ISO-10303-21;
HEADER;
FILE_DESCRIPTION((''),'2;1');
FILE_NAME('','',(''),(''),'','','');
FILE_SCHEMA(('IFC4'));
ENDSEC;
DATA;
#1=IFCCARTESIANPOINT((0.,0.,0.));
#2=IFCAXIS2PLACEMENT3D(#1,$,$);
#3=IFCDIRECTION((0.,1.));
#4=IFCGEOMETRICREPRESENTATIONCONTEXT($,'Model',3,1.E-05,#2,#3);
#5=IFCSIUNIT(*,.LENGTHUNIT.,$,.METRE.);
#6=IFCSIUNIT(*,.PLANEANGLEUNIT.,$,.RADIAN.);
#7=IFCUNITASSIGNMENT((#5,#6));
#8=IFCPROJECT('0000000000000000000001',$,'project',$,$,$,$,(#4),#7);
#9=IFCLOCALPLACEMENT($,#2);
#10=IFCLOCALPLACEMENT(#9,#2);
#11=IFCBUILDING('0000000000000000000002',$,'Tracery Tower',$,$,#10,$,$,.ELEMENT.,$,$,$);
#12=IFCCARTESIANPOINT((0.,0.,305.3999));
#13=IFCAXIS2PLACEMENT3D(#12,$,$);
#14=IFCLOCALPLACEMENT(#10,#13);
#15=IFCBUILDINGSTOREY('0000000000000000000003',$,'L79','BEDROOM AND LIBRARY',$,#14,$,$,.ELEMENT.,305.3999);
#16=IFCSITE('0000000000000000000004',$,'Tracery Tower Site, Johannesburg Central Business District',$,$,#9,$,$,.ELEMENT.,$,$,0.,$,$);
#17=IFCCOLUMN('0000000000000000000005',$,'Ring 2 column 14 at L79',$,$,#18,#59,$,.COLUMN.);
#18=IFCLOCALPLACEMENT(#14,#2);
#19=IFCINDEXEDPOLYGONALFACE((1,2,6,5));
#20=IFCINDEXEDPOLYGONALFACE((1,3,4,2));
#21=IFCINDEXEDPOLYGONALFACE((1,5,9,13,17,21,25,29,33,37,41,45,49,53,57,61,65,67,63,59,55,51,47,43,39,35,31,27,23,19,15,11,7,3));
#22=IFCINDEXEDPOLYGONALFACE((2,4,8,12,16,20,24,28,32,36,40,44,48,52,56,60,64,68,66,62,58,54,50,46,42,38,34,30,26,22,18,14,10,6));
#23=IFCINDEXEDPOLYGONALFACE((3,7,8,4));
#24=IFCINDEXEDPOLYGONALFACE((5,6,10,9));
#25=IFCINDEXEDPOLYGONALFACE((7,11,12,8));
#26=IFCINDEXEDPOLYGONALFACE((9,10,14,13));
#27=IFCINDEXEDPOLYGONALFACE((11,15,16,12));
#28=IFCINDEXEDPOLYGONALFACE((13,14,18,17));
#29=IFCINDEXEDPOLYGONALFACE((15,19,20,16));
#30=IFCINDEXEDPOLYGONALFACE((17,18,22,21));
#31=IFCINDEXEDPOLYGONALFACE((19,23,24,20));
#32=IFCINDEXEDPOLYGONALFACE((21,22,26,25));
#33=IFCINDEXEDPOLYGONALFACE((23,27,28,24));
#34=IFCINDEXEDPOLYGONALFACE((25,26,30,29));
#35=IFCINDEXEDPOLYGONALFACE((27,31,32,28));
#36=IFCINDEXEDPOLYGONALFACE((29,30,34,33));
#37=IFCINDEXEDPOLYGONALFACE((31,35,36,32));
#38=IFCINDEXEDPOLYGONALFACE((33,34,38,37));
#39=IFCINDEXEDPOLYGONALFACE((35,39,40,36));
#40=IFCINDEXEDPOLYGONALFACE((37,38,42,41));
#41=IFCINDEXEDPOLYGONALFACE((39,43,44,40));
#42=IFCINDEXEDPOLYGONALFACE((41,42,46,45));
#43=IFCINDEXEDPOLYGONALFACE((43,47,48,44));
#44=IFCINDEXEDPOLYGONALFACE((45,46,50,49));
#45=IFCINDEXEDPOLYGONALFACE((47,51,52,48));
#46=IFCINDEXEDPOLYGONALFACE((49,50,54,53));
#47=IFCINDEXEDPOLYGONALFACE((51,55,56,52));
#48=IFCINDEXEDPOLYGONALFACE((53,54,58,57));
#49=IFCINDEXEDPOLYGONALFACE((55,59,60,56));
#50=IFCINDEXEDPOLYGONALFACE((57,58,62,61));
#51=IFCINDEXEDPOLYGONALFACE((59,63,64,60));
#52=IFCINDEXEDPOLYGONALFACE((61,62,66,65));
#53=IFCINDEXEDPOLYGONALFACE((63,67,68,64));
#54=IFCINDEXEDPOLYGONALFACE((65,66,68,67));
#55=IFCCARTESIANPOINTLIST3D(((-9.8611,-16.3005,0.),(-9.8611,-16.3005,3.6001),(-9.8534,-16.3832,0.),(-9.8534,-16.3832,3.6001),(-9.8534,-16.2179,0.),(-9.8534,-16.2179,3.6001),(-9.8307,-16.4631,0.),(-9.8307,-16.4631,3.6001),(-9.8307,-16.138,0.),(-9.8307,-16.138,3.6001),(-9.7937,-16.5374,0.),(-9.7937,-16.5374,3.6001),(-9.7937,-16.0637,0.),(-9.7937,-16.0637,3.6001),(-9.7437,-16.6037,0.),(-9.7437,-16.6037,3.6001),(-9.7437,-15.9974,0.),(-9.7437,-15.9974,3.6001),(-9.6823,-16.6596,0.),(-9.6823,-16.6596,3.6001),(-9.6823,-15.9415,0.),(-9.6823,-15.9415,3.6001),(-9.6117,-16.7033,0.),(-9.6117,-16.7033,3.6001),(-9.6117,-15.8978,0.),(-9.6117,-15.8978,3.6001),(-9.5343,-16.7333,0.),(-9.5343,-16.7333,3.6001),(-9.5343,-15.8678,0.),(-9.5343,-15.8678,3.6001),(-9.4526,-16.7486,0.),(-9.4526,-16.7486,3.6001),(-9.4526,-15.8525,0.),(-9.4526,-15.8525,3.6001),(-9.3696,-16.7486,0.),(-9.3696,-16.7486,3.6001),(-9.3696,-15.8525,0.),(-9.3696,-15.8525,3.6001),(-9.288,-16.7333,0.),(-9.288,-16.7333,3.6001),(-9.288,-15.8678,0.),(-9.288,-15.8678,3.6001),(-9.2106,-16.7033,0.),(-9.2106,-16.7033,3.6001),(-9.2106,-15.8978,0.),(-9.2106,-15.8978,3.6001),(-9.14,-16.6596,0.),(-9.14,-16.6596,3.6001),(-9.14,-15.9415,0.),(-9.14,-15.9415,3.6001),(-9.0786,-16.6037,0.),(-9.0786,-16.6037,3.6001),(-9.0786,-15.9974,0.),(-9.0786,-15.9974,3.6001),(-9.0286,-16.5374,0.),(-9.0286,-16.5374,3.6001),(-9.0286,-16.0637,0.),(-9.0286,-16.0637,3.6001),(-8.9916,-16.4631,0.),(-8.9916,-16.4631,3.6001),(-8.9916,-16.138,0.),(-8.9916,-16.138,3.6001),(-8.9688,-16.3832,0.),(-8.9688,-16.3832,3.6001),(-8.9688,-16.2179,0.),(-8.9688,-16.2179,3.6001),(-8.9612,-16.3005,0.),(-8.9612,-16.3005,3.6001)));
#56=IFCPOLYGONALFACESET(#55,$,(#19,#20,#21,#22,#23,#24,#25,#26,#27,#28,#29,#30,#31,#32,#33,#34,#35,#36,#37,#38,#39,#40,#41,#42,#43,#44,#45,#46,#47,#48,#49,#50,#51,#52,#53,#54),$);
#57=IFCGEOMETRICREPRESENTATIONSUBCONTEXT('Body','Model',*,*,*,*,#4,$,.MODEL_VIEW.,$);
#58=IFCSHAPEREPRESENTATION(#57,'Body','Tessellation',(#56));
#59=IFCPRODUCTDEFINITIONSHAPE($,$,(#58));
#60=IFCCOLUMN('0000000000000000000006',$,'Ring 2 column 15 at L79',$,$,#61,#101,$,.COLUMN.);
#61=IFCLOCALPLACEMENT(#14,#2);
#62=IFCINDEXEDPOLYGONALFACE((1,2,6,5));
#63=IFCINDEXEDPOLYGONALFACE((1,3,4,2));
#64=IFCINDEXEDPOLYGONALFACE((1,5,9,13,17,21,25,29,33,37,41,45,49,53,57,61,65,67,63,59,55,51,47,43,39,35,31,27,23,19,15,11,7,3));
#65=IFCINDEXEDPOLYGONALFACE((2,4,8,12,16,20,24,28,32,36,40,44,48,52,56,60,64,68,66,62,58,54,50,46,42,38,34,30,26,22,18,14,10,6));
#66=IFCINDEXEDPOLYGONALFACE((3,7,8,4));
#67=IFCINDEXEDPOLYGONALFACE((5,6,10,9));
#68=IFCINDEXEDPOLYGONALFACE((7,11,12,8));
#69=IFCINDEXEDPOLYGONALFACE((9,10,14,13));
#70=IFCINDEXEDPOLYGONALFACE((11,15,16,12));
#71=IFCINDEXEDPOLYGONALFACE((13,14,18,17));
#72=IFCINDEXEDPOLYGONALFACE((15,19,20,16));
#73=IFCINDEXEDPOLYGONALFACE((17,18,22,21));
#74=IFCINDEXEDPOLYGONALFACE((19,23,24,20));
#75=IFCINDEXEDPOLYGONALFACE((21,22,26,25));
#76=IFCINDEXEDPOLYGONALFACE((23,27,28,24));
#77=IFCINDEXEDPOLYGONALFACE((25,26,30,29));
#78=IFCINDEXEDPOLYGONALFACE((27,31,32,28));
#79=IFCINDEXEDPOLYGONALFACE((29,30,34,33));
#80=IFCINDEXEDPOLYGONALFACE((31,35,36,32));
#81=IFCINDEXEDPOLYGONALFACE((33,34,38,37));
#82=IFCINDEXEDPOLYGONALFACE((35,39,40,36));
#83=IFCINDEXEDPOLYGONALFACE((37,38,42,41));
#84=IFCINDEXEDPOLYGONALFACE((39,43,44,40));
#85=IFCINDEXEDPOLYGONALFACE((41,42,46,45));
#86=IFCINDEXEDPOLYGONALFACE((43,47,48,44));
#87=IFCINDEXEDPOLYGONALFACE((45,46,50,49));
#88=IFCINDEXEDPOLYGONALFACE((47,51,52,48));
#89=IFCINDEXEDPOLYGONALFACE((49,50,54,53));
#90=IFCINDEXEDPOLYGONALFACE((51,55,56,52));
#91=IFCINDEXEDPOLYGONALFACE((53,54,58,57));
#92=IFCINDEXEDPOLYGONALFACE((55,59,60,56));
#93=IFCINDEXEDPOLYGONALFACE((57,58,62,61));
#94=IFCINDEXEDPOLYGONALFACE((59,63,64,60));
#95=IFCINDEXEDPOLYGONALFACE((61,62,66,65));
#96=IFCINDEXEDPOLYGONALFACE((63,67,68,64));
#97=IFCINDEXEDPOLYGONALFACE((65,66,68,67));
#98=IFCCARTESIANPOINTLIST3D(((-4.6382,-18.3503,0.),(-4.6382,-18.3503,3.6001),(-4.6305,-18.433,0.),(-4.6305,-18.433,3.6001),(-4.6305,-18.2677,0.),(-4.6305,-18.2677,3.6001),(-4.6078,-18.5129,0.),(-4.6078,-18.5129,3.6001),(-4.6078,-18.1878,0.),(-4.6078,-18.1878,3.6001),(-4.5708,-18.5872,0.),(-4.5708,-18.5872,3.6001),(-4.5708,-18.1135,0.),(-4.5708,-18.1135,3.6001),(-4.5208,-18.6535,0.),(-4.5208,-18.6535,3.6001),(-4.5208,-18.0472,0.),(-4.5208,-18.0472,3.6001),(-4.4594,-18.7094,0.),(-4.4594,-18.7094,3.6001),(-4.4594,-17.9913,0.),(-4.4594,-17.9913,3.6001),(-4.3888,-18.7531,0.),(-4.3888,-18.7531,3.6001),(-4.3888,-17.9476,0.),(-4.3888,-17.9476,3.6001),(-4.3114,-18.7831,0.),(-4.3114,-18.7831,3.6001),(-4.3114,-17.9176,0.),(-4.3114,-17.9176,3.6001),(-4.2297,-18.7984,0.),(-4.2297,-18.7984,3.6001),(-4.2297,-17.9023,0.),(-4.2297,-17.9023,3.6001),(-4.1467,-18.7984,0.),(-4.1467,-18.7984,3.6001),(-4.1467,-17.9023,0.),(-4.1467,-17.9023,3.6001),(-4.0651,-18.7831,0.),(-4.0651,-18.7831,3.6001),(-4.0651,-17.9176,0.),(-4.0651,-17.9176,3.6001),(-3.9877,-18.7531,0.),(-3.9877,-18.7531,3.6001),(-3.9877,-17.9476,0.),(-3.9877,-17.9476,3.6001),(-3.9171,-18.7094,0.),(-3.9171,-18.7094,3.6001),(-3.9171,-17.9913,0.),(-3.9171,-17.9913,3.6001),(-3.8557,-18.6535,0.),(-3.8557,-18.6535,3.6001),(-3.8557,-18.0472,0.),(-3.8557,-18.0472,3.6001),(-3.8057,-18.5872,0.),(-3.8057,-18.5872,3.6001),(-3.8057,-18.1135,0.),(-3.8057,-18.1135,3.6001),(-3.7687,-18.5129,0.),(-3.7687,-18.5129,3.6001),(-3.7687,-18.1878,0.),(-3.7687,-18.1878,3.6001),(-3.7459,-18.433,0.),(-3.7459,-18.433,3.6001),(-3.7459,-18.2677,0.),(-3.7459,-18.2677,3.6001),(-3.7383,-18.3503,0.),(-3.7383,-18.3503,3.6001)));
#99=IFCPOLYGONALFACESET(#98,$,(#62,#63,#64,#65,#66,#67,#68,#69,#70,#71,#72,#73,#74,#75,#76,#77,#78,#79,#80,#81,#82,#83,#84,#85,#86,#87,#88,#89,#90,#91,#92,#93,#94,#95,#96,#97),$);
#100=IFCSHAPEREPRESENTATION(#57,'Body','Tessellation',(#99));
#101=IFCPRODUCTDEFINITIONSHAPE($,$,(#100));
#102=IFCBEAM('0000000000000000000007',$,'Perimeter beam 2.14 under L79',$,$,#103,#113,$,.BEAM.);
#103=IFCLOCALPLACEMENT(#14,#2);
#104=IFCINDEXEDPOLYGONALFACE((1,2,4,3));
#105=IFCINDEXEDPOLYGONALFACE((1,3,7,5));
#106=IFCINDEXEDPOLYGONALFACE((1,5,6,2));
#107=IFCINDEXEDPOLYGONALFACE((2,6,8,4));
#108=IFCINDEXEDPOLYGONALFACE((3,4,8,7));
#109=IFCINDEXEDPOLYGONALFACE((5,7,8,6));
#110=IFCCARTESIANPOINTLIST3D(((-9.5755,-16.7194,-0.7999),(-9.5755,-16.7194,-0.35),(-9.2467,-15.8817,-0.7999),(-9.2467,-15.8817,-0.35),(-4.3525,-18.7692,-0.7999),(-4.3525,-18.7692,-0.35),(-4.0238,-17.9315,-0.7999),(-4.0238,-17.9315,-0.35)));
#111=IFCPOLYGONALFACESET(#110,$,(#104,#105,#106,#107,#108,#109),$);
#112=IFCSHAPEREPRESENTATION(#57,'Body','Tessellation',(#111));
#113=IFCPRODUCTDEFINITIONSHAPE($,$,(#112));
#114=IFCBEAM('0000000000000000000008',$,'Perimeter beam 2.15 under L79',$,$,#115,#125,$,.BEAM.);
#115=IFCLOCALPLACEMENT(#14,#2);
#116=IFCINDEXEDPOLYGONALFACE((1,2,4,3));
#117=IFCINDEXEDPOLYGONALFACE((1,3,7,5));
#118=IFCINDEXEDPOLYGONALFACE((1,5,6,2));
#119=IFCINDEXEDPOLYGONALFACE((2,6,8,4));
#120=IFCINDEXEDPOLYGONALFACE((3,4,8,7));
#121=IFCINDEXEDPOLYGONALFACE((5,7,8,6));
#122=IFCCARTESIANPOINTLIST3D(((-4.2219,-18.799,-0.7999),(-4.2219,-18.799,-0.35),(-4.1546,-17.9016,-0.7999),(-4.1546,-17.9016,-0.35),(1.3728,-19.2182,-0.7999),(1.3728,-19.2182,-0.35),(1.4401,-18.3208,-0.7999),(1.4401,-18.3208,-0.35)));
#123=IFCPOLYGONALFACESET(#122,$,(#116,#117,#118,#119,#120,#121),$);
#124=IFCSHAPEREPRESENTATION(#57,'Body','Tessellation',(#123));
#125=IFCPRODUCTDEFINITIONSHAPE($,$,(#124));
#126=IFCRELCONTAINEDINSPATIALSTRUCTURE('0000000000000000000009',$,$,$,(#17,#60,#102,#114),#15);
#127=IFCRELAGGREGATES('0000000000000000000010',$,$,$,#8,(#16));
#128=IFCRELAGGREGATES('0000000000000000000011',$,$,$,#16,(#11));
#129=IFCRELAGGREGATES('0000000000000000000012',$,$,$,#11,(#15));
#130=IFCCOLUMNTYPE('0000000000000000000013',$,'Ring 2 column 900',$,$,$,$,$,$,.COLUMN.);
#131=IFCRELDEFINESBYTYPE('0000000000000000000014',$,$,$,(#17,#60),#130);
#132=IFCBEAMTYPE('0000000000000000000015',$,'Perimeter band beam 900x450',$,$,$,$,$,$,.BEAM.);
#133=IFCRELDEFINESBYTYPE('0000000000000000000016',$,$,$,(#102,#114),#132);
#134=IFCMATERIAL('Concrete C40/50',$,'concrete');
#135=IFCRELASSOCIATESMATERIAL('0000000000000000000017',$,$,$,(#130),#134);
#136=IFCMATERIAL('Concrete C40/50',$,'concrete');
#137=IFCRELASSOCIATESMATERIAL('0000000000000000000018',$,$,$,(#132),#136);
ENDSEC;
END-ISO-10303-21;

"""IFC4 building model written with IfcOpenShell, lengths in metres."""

from ifc_helpers import new_model, si_unit, direction, frame, origin, origin_2d, place, context, subcontext, project, spatial, rectangle, circle, extrude, material, material_profile, profile_set, type_object, element, save


model = new_model("IFC4")

# Units and contexts
model_context = context("Model", 3, precision=1e-05, world=origin(), true_north=direction((0.0, 1.0)))
body_context = subcontext(model_context, "Body", "Model", "MODEL_VIEW")
ifc_project = project(units=[si_unit("LENGTHUNIT", "METRE"), si_unit("PLANEANGLEUNIT", "RADIAN")], contexts=[model_context])

# Site, building, storey
site_placement = place(None, origin())
site = spatial("IfcSite", under=ifc_project, at=site_placement, Name="Tracery Tower Site, Johannesburg Central Business District", CompositionType="ELEMENT", RefElevation=0.0)
building_placement = place(site_placement, origin())
building = spatial("IfcBuilding", under=site, at=building_placement, Name="Tracery Tower", CompositionType="ELEMENT")
storey_placement = place(building_placement, frame((0.0, 0.0, 305.3999)))
storey = spatial("IfcBuildingStorey", under=building, at=storey_placement, Name="L79", Description="BEDROOM AND LIBRARY", CompositionType="ELEMENT", Elevation=305.3999)

# Columns
ifc_material_1 = material(Name="Concrete C40/50", Category="concrete")
ifc_material_profile_1 = material_profile(ifc_material_1, circle(Radius=0.45, at=origin_2d()), Name="RC D900")
ifc_profile_set_1 = profile_set([ifc_material_profile_1], Name="Concrete C40/50")
column_type = type_object("IfcColumnType", Name="Ring 2 column 900", PredefinedType="COLUMN", material=ifc_profile_set_1)
for number, where, z_axis, x_axis, name in (
    (1, (-9.4111, -16.3005, 0.0), (0.0, 0.0, 1.0), (1.0, 0.0, 0.0), "Ring 2 column 14 at L79"),
    (2, (-4.1882, -18.3503, 0.0), (0.0, 0.0, 1.0), (1.0, 0.0, 0.0), "Ring 2 column 15 at L79"),
):
    element("IfcColumn", number, at=place(storey_placement, frame(where, z_axis=z_axis, x_axis=x_axis)), inside=storey, type_object=column_type, Name=name, PredefinedType="COLUMN", context=body_context, shape_type="SweptSolid", body=[
        extrude(circle(Radius=0.45, at=origin_2d()), origin(), (0.0, 0.0, 1.0), 3.6001),
    ])

# Beams
ifc_material_2 = material(Name="Concrete C40/50", Category="concrete")
ifc_material_profile_2 = material_profile(ifc_material_2, rectangle(XDim=0.8999, YDim=0.45, at=origin_2d()), Name="RC 900x450")
ifc_profile_set_2 = profile_set([ifc_material_profile_2], Name="Concrete C40/50")
beam_type = type_object("IfcBeamType", Name="Perimeter band beam 900x450", PredefinedType="BEAM", material=ifc_profile_set_2)
beam_1_placement = place(storey_placement, frame((-9.4111, -16.3005, -0.575), z_axis=(0.930876, -0.365336, 0.0), x_axis=(0.365336, 0.930876, 0.0)))
element("IfcBeam", 3, at=beam_1_placement, inside=storey, type_object=beam_type, Name="Perimeter beam 2.14 under L79", PredefinedType="BEAM", context=body_context, shape_type="SweptSolid", body=[
    extrude(rectangle(XDim=0.8999, YDim=0.45, at=origin_2d()), origin(), (0.0, 0.0, 1.0), 5.6108),
])
beam_2_placement = place(storey_placement, frame((-4.1882, -18.3503, -0.575), z_axis=(0.997205, -0.074716, 0.0), x_axis=(0.074716, 0.997205, 0.0)))
element("IfcBeam", 4, at=beam_2_placement, inside=storey, type_object=beam_type, Name="Perimeter beam 2.15 under L79", PredefinedType="BEAM", context=body_context, shape_type="SweptSolid", body=[
    extrude(rectangle(XDim=0.8999, YDim=0.45, at=origin_2d()), origin(), (0.0, 0.0, 1.0), 5.6104),
])

save(model, "model.ifc")
